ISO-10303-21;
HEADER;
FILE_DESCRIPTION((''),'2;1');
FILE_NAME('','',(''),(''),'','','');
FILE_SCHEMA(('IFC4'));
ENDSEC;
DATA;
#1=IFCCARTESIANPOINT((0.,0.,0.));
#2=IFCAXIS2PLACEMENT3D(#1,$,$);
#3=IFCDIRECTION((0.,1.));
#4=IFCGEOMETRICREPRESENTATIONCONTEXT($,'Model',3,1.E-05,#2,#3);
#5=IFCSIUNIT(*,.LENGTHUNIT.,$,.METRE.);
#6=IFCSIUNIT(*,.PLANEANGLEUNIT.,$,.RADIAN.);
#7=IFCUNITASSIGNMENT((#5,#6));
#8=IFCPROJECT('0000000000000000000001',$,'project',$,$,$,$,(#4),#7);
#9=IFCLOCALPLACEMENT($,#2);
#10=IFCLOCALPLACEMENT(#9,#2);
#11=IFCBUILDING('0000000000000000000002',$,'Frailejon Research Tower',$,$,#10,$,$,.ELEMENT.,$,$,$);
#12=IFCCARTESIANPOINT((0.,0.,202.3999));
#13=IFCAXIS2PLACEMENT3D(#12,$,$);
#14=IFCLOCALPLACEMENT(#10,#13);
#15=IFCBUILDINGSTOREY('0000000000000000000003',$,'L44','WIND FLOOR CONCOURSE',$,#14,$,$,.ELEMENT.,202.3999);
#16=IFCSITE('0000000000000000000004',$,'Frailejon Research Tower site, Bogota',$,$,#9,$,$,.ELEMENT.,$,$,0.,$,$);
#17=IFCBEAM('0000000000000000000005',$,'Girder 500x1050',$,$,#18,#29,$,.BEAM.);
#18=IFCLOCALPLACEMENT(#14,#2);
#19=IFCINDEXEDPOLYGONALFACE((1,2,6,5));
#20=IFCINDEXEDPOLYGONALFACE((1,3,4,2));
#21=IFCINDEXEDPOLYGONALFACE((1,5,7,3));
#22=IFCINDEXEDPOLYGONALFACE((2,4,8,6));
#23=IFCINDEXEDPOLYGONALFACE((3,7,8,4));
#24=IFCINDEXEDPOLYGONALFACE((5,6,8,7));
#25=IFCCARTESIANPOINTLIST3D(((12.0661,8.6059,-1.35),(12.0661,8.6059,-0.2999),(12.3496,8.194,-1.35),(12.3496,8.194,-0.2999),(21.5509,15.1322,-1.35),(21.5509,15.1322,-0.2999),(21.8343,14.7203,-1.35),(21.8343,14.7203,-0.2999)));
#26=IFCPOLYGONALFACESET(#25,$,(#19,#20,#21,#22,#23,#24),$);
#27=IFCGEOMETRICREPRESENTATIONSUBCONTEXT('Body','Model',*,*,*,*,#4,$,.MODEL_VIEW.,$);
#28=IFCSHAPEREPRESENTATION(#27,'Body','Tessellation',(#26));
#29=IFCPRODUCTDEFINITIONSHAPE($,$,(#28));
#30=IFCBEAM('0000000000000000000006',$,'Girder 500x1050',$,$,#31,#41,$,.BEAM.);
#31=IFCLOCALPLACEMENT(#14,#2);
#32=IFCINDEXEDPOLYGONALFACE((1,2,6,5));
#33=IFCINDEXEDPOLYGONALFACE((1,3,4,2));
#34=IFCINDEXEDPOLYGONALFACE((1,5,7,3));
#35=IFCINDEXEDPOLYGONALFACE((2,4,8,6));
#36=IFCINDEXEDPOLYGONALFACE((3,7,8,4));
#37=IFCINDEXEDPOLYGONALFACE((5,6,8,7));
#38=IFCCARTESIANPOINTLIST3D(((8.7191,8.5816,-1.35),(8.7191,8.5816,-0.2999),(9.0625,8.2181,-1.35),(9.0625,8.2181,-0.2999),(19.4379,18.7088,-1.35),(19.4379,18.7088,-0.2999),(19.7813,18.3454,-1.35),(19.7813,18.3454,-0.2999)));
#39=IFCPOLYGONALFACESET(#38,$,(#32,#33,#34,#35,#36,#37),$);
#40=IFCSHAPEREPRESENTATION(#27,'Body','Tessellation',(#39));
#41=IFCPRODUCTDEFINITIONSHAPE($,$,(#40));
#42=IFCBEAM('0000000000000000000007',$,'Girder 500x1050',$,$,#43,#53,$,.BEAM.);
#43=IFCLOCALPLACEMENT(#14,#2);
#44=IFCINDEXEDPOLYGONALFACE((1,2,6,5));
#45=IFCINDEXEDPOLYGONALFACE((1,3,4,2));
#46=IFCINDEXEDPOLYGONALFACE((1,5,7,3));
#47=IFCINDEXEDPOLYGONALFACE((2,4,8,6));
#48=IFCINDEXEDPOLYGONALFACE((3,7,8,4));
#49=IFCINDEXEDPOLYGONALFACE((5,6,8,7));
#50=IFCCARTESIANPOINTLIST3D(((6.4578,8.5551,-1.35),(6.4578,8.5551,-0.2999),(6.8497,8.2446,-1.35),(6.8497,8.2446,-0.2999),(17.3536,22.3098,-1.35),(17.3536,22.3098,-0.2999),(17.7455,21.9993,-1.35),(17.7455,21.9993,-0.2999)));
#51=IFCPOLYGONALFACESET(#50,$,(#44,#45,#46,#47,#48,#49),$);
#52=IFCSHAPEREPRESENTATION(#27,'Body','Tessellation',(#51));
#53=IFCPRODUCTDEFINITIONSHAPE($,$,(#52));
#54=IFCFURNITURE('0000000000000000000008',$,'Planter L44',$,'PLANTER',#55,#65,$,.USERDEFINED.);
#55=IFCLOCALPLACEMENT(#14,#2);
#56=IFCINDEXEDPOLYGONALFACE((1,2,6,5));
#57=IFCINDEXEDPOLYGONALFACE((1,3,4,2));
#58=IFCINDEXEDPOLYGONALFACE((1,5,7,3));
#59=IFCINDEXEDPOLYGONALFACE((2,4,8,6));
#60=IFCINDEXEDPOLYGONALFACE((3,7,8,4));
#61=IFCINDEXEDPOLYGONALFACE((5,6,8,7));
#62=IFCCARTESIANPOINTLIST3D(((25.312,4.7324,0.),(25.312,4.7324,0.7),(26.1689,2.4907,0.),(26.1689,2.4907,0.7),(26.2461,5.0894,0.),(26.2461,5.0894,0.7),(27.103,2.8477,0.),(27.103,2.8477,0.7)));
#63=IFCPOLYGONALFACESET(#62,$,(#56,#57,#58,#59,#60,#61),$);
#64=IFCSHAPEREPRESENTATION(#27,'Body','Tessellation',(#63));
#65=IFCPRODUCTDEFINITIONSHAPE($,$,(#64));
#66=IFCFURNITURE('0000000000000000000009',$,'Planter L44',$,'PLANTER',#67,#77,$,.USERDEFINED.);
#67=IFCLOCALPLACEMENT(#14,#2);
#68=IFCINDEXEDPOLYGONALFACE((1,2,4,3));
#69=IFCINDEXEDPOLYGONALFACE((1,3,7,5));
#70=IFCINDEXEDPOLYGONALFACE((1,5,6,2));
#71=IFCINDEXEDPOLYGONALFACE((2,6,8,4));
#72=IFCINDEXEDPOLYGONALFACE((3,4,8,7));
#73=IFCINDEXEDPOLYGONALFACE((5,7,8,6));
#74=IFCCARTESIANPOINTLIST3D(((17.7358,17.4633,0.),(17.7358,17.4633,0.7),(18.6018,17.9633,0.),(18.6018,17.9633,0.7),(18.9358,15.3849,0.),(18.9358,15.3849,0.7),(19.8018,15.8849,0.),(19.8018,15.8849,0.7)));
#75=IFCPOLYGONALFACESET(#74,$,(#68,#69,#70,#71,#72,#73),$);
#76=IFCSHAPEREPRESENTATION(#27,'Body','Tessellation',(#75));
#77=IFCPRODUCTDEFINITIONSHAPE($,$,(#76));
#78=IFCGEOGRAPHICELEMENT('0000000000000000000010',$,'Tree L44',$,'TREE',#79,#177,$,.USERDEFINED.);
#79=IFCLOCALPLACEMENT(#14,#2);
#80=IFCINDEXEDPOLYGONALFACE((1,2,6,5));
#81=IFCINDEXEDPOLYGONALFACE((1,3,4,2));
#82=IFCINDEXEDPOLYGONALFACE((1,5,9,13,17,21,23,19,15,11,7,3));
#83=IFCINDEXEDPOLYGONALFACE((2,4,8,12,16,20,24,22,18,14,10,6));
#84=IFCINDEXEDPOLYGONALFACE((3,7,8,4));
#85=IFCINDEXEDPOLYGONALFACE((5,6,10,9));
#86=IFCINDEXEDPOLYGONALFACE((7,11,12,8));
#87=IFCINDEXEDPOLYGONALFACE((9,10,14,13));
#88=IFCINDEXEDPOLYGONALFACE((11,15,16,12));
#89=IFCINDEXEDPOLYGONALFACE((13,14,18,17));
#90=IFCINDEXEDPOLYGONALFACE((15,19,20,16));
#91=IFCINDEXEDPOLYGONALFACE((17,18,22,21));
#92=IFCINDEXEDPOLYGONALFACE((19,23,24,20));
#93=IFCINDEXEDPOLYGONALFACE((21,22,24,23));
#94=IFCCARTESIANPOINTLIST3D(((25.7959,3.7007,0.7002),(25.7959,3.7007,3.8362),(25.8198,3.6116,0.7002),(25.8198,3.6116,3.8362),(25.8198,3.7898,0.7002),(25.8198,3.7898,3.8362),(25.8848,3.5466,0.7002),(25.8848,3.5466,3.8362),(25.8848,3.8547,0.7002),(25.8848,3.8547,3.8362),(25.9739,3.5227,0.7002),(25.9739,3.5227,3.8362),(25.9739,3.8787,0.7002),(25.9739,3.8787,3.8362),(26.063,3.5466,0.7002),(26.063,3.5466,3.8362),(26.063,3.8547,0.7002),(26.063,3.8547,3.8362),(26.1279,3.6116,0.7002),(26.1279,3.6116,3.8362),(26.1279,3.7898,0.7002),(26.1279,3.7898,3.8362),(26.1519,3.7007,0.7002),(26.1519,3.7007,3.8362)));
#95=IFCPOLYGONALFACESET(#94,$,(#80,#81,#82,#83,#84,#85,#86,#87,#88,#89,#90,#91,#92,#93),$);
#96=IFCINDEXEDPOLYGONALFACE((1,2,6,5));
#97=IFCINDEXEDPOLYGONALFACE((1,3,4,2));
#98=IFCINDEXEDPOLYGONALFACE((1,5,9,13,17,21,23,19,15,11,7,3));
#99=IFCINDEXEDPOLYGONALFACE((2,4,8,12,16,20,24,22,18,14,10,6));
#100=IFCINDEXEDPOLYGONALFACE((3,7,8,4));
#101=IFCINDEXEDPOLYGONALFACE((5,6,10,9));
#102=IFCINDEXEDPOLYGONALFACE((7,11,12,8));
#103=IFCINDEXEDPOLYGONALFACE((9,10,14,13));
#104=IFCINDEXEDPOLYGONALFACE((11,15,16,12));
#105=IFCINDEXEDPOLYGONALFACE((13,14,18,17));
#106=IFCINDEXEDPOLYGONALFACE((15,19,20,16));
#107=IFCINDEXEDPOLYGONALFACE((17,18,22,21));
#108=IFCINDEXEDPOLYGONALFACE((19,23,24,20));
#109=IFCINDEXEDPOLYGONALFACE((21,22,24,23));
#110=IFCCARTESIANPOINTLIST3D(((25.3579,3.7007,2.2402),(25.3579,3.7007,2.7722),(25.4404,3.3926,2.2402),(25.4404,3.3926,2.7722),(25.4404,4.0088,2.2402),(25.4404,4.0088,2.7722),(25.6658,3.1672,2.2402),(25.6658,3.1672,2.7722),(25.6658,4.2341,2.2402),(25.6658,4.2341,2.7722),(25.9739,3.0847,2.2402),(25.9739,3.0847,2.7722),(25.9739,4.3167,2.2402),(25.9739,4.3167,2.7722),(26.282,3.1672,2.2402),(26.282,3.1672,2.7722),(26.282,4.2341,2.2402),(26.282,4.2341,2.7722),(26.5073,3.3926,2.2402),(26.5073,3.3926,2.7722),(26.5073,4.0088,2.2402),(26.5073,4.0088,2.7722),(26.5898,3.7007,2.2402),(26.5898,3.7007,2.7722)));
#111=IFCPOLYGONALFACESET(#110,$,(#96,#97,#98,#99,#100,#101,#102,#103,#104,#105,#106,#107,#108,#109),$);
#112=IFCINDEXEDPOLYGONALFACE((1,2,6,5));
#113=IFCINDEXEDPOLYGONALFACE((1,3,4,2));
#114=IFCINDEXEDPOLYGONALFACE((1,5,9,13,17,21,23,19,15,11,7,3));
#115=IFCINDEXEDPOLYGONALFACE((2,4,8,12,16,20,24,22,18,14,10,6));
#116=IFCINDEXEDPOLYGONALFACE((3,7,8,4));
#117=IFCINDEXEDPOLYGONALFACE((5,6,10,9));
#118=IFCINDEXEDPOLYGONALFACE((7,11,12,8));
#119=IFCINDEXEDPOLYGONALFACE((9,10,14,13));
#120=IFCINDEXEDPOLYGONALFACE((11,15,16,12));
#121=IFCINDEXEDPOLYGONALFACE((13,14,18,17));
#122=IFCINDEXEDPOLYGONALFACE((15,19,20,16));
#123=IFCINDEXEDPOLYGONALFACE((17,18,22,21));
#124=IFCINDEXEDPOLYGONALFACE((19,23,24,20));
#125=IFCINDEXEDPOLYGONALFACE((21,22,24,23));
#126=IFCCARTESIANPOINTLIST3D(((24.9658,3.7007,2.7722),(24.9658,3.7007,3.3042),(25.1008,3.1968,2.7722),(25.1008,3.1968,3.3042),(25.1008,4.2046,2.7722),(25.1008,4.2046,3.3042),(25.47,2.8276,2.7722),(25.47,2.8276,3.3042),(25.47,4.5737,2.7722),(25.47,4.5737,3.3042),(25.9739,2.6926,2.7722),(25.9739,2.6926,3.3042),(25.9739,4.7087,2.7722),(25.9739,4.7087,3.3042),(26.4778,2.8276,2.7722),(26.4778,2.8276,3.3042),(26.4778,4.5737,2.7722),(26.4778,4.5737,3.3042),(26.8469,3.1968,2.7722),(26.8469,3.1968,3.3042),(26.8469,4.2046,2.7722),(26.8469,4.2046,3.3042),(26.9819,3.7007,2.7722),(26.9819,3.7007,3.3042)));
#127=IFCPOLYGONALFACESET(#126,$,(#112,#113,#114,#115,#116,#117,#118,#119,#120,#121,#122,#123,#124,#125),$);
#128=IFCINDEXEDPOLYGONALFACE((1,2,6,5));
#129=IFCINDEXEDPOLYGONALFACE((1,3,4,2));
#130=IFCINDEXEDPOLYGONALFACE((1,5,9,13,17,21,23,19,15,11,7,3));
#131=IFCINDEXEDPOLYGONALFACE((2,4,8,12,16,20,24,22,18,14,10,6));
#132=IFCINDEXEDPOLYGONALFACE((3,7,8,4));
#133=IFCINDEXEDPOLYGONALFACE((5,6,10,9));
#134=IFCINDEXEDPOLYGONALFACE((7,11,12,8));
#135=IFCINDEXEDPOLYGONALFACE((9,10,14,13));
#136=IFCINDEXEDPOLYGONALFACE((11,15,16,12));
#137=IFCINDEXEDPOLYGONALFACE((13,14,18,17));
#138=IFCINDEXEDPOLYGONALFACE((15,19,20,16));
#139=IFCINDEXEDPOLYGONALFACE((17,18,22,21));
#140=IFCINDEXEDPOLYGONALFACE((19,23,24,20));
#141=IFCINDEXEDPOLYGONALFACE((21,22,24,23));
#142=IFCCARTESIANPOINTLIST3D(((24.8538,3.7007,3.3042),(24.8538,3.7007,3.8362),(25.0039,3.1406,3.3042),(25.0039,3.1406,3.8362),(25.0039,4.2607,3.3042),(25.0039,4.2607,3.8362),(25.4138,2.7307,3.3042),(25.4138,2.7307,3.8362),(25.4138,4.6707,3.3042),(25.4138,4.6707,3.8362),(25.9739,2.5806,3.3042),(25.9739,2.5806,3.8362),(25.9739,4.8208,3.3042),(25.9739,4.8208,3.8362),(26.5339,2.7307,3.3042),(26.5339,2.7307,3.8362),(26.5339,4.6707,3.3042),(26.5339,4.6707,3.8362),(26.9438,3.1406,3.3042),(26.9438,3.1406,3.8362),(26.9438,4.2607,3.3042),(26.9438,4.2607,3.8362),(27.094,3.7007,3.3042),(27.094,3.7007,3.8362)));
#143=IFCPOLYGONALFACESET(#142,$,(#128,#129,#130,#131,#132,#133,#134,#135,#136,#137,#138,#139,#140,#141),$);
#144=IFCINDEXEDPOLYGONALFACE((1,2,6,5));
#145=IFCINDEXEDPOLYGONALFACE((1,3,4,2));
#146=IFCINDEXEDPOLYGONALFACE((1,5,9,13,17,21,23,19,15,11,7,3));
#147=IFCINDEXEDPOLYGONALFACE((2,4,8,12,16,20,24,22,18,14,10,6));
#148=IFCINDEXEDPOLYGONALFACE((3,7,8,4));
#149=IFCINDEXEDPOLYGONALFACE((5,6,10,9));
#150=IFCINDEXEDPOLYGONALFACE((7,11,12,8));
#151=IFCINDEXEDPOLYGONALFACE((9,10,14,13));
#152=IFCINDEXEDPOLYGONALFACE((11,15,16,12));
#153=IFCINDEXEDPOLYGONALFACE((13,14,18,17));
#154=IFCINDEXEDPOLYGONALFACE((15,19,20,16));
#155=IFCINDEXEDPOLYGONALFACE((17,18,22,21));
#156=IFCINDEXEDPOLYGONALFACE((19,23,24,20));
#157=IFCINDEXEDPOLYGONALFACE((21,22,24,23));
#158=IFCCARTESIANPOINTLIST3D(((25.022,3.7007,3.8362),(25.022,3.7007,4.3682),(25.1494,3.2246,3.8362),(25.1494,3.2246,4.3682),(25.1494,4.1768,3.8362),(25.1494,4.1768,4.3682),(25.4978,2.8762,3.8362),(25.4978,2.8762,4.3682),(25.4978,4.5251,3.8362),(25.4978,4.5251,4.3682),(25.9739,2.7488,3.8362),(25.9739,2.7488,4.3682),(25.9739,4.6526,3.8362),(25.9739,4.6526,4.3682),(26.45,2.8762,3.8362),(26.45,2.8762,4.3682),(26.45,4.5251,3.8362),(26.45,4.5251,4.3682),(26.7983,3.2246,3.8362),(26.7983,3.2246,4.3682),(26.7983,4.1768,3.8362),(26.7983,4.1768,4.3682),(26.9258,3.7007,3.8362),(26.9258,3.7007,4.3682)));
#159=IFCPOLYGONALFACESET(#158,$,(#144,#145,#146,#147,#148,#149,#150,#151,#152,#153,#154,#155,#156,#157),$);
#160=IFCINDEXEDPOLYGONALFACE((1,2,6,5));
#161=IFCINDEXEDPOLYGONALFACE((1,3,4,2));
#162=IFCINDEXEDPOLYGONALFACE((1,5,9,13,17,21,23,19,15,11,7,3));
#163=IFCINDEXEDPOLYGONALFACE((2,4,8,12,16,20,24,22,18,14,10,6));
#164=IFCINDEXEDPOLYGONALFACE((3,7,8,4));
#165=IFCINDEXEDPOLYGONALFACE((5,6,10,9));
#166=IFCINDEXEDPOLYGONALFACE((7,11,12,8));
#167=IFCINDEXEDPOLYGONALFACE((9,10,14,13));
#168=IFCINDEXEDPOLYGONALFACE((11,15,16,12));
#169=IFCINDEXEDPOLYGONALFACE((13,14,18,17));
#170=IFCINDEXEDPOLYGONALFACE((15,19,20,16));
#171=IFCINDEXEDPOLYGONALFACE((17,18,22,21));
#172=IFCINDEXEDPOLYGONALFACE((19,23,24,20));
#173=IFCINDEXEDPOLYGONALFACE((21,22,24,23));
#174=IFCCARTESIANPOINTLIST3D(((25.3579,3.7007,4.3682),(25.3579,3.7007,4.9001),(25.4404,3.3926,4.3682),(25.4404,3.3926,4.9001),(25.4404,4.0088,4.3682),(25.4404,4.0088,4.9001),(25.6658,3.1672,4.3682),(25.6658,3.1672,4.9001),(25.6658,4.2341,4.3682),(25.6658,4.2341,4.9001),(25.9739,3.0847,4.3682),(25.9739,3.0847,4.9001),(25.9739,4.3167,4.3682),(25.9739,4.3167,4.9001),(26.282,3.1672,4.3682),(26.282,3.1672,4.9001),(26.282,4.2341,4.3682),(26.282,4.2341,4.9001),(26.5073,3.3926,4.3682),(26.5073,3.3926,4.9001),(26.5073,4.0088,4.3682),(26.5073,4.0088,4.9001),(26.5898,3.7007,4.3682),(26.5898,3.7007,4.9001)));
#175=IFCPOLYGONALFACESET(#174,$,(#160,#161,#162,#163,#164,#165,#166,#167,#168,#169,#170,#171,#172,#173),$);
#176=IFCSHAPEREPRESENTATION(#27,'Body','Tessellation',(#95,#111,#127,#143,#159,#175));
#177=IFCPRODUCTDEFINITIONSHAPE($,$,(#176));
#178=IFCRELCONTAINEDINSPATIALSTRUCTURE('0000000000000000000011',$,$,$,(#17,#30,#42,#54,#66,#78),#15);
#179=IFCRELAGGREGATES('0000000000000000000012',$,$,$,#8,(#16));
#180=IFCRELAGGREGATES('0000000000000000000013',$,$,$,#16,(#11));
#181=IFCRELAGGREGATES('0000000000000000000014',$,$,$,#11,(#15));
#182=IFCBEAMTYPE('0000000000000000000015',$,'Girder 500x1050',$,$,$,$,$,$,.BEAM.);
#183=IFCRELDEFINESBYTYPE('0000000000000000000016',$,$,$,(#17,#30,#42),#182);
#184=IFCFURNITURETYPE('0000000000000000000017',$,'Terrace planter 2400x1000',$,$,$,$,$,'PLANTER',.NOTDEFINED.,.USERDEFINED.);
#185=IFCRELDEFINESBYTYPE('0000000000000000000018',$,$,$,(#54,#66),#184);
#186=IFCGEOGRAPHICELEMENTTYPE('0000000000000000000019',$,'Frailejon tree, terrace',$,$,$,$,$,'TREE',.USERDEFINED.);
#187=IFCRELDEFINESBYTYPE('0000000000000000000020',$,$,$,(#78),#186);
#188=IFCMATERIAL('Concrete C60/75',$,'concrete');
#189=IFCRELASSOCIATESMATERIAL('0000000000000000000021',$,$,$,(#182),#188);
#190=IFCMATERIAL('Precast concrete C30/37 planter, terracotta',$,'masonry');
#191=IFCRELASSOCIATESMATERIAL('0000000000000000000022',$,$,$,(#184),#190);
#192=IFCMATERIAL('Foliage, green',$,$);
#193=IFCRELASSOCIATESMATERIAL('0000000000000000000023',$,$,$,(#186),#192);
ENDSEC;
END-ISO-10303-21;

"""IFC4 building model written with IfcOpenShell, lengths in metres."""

from ifc_helpers import new_model, si_unit, direction, frame, origin, origin_2d, place, context, subcontext, project, spatial, polyline, rectangle, outline, extrude, material, material_profile, profile_set, type_object, element, save


model = new_model("IFC4")

# Units and contexts
model_context = context("Model", 3, precision=1e-05, world=origin(), true_north=direction((0.0, 1.0)))
body_context = subcontext(model_context, "Body", "Model", "MODEL_VIEW")
ifc_project = project(units=[si_unit("LENGTHUNIT", "METRE"), si_unit("PLANEANGLEUNIT", "RADIAN")], contexts=[model_context])

# Site, building, storey
site_placement = place(None, origin())
site = spatial("IfcSite", under=ifc_project, at=site_placement, Name="Frailejon Research Tower site, Bogota", CompositionType="ELEMENT", RefElevation=0.0)
building_placement = place(site_placement, origin())
building = spatial("IfcBuilding", under=site, at=building_placement, Name="Frailejon Research Tower", CompositionType="ELEMENT")
storey_placement = place(building_placement, frame((0.0, 0.0, 202.3999)))
storey = spatial("IfcBuildingStorey", under=building, at=storey_placement, Name="L44", Description="WIND FLOOR CONCOURSE", CompositionType="ELEMENT", Elevation=202.3999)

# Beams
ifc_material_1 = material(Name="Concrete C60/75", Category="concrete")
ifc_material_profile_1 = material_profile(ifc_material_1, rectangle(XDim=0.5, YDim=1.05, at=origin_2d()), Name="Girder 500x1050")
ifc_profile_set_1 = profile_set([ifc_material_profile_1], Name="Concrete C60/75")
beam_type_1 = type_object("IfcBeamType", Name="Girder 500x1050", PredefinedType="BEAM", material=ifc_profile_set_1)
beam_1_placement = place(storey_placement, frame((21.6926, 14.9263, -0.825), z_axis=(-0.823818, -0.566855, 0.0), x_axis=(0.566855, -0.823818, 0.0)))
element("IfcBeam", 1, at=beam_1_placement, inside=storey, type_object=beam_type_1, Name="Girder 500x1050", PredefinedType="BEAM", context=body_context, shape_type="SweptSolid", body=[
    extrude(rectangle(XDim=0.5, YDim=1.05, at=origin_2d()), origin(), (0.0, 0.0, 1.0), 11.5132),
])
beam_2_placement = place(storey_placement, frame((19.6096, 18.5271, -0.825), z_axis=(-0.72688, -0.686765, 0.0), x_axis=(0.686765, -0.72688, 0.0)))
element("IfcBeam", 2, at=beam_2_placement, inside=storey, type_object=beam_type_1, Name="Girder 500x1050", PredefinedType="BEAM", context=body_context, shape_type="SweptSolid", body=[
    extrude(rectangle(XDim=0.5, YDim=1.05, at=origin_2d()), origin(), (0.0, 0.0, 1.0), 14.7463),
])
beam_3_placement = place(storey_placement, frame((17.5496, 22.1545, -0.825), z_axis=(-0.620936, -0.783861, 0.0), x_axis=(0.783861, -0.620936, 0.0)))
element("IfcBeam", 3, at=beam_3_placement, inside=storey, type_object=beam_type_1, Name="Girder 500x1050", PredefinedType="BEAM", context=body_context, shape_type="SweptSolid", body=[
    extrude(rectangle(XDim=0.5, YDim=1.05, at=origin_2d()), origin(), (0.0, 0.0, 1.0), 17.5474),
])

# Furniture
ifc_material_2 = material(Name="Precast concrete C30/37 planter, terracotta", Category="masonry")
furniture_type = type_object("IfcFurnitureType", Name="Terrace planter 2400x1000", ElementType="PLANTER", AssemblyPlace="NOTDEFINED", PredefinedType="USERDEFINED", material=ifc_material_2)
for number, where, z_axis, x_axis, name in (
    (4, (26.2075, 3.79, 0.0), (0.0, 0.0, 1.0), (-0.357058, 0.934082, 0.0), "Planter L44"),
    (5, (18.7688, 16.6741, 0.0), (0.0, 0.0, 1.0), (-0.5, 0.866025, 0.0), "Planter L44"),
):
    element("IfcFurniture", number, at=place(storey_placement, frame(where, z_axis=z_axis, x_axis=x_axis)), inside=storey, type_object=furniture_type, Name=name, ObjectType="PLANTER", PredefinedType="USERDEFINED", context=body_context, shape_type="SweptSolid", body=[
        extrude(rectangle(XDim=2.3999, YDim=1.0, at=origin_2d()), origin(), (0.0, 0.0, 1.0), 0.7),
    ])

# Geographic element
ifc_material_3 = material(Name="Foliage, green")
geographic_element_type = type_object("IfcGeographicElementType", Name="Frailejon tree, terrace", ElementType="TREE", PredefinedType="USERDEFINED", material=ifc_material_3)
geographic_element_1_placement = place(storey_placement, frame((25.9739, 3.7007, 0.7002)))
element("IfcGeographicElement", 6, at=geographic_element_1_placement, inside=storey, type_object=geographic_element_type, Name="Tree L44", ObjectType="TREE", PredefinedType="USERDEFINED", context=body_context, shape_type="SweptSolid", body=[
    extrude(outline(polyline([(0.178, 0.0), (0.1541, 0.0891), (0.0891, 0.1541), (0.0, 0.178), (-0.0891, 0.1541), (-0.1541, 0.0891), (-0.178, 0.0), (-0.1541, -0.0891), (-0.0891, -0.1541), (0.0, -0.178), (0.0891, -0.1541), (0.1541, -0.0891), (0.178, 0.0)])), origin(), (0.0, 0.0, 1.0), 3.136),
    extrude(outline(polyline([(0.616, 0.0), (0.5334, 0.3081), (0.3081, 0.5334), (0.0, 0.616), (-0.3081, 0.5334), (-0.5334, 0.3081), (-0.616, 0.0), (-0.5334, -0.3081), (-0.3081, -0.5334), (0.0, -0.616), (0.3081, -0.5334), (0.5334, -0.3081), (0.616, 0.0)])), frame((0.0, 0.0, 1.54)), (0.0, 0.0, 1.0), 0.532),
    extrude(outline(polyline([(1.0081, 0.0), (0.873, 0.5039), (0.5039, 0.873), (0.0, 1.0081), (-0.5039, 0.873), (-0.873, 0.5039), (-1.0081, 0.0), (-0.873, -0.5039), (-0.5039, -0.873), (0.0, -1.0081), (0.5039, -0.873), (0.873, -0.5039), (1.0081, 0.0)])), frame((0.0, 0.0, 2.072)), (0.0, 0.0, 1.0), 0.532),
    extrude(outline(polyline([(1.1201, 0.0), (0.97, 0.5601), (0.5601, 0.97), (0.0, 1.1201), (-0.5601, 0.97), (-0.97, 0.5601), (-1.1201, 0.0), (-0.97, -0.5601), (-0.5601, -0.97), (0.0, -1.1201), (0.5601, -0.97), (0.97, -0.5601), (1.1201, 0.0)])), frame((0.0, 0.0, 2.604)), (0.0, 0.0, 1.0), 0.532),
    extrude(outline(polyline([(0.9519, 0.0), (0.8245, 0.4761), (0.4761, 0.8245), (0.0, 0.9519), (-0.4761, 0.8245), (-0.8245, 0.4761), (-0.9519, 0.0), (-0.8245, -0.4761), (-0.4761, -0.8245), (0.0, -0.9519), (0.4761, -0.8245), (0.8245, -0.4761), (0.9519, 0.0)])), frame((0.0, 0.0, 3.136)), (0.0, 0.0, 1.0), 0.532),
    extrude(outline(polyline([(0.616, 0.0), (0.5334, 0.3081), (0.3081, 0.5334), (0.0, 0.616), (-0.3081, 0.5334), (-0.5334, 0.3081), (-0.616, 0.0), (-0.5334, -0.3081), (-0.3081, -0.5334), (0.0, -0.616), (0.3081, -0.5334), (0.5334, -0.3081), (0.616, 0.0)])), frame((0.0, 0.0, 3.668)), (0.0, 0.0, 1.0), 0.532),
])

save(model, "model.ifc")
